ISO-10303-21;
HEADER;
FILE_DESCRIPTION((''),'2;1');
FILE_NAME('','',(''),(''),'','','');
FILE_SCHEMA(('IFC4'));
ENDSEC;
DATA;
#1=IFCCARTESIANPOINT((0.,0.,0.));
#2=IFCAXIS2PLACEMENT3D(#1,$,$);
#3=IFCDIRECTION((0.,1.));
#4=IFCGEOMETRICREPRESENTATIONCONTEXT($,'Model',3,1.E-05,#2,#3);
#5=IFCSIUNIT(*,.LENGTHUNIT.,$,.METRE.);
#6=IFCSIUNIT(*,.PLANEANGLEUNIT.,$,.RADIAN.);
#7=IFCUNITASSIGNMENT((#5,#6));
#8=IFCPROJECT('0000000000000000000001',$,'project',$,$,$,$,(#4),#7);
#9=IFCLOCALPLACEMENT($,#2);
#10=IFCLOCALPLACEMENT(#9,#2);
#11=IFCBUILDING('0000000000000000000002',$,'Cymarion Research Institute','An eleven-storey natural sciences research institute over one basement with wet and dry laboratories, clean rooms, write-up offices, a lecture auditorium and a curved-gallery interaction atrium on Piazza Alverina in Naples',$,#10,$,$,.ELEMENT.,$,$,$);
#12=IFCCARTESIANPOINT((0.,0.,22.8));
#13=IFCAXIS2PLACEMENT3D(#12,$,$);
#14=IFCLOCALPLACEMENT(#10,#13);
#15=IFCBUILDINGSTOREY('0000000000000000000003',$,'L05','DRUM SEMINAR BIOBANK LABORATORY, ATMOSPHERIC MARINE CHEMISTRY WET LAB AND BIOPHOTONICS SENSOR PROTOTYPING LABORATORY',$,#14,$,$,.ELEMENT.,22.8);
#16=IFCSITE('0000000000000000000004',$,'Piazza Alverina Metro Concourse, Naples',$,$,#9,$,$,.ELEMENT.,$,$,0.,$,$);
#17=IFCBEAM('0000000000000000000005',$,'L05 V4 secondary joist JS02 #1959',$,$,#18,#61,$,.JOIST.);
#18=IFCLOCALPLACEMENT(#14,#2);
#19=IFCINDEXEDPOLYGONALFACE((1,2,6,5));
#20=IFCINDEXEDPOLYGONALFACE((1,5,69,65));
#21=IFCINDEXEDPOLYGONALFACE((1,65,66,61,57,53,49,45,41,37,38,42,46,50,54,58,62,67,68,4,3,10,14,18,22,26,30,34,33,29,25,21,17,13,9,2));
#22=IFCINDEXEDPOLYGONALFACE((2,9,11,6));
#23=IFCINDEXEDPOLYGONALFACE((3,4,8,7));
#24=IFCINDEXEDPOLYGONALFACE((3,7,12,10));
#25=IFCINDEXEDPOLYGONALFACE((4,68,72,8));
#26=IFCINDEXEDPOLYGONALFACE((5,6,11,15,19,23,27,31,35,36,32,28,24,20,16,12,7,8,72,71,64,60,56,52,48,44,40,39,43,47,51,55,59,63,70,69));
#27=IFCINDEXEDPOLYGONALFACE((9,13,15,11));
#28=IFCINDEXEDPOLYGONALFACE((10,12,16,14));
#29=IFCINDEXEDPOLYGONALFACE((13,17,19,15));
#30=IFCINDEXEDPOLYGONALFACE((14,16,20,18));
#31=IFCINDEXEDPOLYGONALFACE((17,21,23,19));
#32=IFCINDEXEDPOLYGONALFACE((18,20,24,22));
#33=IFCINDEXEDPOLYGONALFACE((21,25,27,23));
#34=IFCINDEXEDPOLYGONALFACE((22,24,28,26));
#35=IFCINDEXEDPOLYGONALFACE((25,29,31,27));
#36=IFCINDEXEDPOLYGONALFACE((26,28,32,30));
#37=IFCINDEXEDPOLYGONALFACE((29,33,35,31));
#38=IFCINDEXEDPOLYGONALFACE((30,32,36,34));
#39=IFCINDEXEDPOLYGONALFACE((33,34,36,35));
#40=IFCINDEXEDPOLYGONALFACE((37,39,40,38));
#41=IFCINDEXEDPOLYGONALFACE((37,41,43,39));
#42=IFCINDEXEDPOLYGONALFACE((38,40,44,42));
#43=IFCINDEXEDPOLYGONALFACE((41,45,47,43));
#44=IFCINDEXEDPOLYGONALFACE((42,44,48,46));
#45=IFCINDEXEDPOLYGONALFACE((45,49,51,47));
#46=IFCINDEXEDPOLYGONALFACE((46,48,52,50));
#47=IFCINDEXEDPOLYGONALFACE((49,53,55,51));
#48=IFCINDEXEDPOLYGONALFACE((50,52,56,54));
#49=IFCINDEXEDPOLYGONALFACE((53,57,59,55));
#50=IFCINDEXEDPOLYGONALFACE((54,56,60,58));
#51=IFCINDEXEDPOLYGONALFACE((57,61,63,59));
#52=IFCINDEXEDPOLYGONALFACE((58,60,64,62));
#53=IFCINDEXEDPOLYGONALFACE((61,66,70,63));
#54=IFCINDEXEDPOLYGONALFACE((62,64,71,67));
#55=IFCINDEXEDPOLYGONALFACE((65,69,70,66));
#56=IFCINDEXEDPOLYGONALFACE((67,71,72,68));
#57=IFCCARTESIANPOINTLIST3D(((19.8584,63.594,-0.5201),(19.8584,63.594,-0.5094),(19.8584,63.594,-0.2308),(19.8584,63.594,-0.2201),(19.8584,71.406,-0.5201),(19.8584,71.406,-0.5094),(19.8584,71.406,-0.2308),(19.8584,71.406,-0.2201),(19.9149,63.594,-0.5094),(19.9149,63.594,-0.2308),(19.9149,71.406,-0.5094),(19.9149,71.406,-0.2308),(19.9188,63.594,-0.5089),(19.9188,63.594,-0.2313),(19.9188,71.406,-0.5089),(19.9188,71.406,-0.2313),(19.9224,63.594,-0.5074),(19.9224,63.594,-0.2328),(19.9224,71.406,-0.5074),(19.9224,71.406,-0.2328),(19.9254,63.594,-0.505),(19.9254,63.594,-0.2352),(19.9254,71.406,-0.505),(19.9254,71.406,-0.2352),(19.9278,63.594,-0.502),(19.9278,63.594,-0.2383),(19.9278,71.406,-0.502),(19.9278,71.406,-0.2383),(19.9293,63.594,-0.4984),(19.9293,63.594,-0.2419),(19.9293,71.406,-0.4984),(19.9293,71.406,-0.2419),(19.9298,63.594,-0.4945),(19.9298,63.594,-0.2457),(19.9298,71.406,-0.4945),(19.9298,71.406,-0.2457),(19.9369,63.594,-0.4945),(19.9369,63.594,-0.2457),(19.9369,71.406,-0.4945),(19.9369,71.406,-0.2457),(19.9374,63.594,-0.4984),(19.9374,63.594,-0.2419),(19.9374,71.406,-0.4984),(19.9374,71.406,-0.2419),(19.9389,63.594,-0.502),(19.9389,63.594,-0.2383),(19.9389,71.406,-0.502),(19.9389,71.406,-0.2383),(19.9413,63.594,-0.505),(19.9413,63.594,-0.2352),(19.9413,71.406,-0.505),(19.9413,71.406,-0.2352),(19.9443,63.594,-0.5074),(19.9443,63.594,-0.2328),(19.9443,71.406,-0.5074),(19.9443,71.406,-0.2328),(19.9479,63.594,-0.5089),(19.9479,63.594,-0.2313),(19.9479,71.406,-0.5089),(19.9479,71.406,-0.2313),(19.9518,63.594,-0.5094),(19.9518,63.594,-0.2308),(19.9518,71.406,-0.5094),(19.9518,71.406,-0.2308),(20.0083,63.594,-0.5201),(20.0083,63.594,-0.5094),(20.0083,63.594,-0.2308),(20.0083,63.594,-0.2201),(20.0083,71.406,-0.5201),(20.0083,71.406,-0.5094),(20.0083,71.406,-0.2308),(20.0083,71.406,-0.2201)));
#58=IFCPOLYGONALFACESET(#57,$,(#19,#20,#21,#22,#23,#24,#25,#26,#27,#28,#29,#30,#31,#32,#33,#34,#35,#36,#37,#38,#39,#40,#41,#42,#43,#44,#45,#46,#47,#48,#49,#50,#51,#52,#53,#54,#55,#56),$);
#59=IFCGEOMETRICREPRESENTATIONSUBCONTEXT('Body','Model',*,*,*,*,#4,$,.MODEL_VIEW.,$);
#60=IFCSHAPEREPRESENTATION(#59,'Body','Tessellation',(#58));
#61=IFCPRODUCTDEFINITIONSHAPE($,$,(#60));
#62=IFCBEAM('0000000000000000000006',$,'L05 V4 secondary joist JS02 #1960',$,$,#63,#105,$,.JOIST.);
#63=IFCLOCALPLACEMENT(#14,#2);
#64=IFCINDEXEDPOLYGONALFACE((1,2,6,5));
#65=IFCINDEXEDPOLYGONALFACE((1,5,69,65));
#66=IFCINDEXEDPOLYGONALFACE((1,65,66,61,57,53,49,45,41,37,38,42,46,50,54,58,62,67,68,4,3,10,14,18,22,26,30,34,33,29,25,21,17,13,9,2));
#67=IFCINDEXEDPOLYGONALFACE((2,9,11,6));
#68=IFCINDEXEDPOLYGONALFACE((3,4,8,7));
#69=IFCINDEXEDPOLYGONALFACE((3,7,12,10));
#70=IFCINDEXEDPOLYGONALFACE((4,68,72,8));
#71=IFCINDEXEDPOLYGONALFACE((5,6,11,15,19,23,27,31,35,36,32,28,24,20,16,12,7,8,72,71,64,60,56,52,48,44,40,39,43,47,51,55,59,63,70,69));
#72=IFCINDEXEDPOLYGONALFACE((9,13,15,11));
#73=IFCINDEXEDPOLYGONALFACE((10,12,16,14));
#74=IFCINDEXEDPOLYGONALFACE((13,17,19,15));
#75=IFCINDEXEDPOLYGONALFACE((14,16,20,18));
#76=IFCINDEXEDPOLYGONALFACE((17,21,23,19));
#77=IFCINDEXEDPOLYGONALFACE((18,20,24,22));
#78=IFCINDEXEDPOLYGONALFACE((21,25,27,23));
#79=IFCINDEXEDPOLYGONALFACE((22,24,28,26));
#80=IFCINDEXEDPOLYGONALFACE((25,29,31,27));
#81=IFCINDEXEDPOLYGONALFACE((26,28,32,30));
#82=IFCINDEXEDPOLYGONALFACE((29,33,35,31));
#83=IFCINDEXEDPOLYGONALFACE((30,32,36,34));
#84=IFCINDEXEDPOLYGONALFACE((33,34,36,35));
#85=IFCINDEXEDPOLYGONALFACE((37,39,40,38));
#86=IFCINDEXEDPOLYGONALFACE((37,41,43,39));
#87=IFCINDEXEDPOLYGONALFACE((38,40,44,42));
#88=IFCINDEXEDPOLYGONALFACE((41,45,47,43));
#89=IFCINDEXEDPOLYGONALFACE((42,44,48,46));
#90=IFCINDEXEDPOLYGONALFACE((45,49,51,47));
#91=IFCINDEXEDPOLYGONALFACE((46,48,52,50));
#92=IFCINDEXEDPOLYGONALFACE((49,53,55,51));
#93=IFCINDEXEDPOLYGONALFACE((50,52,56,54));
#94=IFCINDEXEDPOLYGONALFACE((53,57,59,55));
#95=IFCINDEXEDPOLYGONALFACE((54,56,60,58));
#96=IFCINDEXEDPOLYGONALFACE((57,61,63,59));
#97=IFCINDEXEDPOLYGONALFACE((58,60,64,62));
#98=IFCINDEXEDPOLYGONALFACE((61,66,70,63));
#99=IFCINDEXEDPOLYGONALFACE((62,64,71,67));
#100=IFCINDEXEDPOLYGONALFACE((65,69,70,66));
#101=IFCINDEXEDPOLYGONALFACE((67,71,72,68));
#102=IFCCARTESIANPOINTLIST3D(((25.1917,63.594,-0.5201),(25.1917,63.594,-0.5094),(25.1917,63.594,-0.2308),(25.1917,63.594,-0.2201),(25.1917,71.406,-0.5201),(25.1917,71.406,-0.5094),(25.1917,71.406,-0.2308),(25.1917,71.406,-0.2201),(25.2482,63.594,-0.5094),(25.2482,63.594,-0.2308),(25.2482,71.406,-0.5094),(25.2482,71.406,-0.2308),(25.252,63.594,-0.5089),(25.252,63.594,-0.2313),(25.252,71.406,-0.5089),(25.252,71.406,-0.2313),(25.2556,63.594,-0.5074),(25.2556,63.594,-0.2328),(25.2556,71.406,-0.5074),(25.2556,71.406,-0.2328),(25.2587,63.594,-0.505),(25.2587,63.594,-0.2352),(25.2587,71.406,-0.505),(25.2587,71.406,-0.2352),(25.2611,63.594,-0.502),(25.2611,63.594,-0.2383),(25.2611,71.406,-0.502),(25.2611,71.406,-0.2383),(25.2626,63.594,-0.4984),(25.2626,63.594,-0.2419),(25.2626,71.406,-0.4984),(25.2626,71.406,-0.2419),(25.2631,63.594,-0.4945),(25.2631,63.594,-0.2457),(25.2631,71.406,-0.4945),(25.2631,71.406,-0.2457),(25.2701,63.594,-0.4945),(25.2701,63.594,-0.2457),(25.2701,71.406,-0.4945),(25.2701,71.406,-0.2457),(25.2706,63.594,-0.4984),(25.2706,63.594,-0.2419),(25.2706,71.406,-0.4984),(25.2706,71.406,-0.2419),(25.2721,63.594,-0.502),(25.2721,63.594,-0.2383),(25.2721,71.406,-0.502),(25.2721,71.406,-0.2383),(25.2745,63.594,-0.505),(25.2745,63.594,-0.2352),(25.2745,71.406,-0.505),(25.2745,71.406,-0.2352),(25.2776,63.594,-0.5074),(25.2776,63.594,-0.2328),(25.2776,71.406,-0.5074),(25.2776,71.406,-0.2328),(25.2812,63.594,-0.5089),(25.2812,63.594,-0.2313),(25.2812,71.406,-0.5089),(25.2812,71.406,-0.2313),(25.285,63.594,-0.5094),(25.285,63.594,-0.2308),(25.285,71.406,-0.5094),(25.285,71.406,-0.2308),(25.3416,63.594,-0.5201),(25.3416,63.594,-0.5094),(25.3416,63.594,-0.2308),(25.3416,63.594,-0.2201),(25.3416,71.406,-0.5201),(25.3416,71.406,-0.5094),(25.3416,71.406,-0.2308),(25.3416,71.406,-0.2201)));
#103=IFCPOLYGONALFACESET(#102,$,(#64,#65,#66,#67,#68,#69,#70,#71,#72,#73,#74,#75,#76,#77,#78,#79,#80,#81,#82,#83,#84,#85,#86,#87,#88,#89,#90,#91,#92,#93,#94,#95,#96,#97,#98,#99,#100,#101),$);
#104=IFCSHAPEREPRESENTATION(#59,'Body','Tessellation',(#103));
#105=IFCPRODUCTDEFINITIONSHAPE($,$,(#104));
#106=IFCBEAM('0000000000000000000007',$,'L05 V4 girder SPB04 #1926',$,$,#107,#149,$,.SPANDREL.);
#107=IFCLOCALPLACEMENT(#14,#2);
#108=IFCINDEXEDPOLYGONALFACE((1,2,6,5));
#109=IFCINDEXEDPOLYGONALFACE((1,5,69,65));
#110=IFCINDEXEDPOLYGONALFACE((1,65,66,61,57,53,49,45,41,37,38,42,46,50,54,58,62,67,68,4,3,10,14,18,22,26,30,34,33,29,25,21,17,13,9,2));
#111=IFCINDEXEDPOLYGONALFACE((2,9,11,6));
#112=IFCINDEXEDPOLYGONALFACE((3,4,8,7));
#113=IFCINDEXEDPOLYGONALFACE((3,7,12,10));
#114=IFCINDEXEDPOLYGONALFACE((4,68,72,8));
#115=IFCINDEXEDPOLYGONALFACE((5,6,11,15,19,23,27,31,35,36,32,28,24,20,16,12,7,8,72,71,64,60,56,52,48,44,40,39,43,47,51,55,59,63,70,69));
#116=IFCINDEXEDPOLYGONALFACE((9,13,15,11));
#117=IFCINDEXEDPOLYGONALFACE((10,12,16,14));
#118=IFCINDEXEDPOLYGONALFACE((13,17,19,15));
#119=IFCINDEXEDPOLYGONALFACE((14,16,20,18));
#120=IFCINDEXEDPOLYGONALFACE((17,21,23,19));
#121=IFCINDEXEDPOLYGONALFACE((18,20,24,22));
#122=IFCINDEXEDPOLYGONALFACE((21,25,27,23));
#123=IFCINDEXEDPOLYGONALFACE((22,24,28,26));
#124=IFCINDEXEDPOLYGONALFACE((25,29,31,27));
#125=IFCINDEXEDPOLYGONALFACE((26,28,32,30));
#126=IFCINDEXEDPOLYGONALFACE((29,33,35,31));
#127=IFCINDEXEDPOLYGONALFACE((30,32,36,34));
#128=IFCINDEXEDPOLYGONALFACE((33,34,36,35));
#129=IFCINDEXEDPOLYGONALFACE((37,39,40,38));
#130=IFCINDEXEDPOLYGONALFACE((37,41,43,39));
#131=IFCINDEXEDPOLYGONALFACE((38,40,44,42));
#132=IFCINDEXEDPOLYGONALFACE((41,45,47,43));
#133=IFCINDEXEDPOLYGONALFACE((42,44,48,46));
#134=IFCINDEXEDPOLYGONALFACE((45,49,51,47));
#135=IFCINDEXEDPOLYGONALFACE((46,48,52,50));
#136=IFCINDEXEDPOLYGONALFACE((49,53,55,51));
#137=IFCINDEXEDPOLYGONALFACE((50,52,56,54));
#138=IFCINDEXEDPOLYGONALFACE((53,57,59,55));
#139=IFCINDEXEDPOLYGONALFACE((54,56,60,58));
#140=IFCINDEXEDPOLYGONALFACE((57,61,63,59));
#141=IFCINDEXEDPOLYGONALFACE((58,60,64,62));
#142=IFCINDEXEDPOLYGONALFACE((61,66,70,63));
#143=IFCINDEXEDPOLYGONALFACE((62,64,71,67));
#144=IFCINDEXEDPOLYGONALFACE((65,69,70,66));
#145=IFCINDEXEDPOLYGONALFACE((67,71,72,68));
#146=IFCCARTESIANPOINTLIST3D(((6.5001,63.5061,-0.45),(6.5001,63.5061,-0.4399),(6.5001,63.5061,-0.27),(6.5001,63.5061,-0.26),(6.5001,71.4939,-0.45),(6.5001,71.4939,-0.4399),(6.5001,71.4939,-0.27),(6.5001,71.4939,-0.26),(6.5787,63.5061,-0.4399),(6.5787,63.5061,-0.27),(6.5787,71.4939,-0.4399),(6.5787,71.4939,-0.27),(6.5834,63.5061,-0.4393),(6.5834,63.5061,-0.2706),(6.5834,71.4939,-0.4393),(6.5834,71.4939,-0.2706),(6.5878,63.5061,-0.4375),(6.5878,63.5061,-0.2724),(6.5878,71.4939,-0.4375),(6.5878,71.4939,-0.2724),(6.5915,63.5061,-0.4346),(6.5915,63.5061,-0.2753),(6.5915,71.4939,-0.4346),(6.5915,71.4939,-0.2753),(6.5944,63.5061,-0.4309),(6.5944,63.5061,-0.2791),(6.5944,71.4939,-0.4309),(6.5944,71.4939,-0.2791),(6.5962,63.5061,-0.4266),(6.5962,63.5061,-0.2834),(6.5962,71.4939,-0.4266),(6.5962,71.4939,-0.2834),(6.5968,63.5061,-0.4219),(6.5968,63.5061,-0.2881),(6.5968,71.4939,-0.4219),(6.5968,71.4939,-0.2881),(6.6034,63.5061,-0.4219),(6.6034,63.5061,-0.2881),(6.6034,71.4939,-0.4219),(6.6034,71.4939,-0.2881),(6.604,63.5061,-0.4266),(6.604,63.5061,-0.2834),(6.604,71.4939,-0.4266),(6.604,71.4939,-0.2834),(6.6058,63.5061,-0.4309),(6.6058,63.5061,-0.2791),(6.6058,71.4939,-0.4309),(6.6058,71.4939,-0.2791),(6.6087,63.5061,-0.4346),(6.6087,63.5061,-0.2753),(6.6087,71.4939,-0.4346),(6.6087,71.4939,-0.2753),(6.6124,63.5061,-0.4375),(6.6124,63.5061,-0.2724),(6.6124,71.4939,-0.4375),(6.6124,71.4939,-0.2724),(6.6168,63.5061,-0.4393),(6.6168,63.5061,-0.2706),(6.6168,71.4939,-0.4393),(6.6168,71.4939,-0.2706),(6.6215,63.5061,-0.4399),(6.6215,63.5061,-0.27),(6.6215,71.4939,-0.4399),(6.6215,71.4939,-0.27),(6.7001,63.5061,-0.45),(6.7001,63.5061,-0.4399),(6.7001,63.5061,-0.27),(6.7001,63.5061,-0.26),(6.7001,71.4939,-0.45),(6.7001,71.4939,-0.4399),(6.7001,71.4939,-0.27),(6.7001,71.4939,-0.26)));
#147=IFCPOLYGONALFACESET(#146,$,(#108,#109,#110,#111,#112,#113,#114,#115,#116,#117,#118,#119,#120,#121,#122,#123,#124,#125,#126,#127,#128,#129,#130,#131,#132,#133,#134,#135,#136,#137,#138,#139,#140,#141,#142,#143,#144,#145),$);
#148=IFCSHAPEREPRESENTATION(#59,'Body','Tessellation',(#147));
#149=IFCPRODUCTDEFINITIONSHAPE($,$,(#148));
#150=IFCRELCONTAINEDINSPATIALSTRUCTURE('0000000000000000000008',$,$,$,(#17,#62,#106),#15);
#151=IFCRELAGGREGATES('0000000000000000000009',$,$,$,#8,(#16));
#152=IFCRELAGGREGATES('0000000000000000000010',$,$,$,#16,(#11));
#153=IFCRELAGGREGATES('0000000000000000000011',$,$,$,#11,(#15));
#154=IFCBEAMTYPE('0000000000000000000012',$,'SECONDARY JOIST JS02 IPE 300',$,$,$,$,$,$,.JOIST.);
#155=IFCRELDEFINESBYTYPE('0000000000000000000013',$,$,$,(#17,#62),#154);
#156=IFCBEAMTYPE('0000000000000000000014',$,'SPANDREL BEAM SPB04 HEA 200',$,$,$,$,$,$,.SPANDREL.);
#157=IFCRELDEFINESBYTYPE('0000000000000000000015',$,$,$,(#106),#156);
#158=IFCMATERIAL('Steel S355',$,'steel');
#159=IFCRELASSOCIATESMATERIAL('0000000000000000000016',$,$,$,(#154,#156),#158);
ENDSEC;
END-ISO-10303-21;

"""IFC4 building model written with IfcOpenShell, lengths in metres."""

from ifc_helpers import new_model, si_unit, direction, frame, origin, origin_2d, place, context, subcontext, project, spatial, i_section, extrude, material, material_profile, profile_set, type_object, element, save


model = new_model("IFC4")

# Units and contexts
model_context = context("Model", 3, precision=1e-05, world=origin(), true_north=direction((0.0, 1.0)))
body_context = subcontext(model_context, "Body", "Model", "MODEL_VIEW")
ifc_project = project(units=[si_unit("LENGTHUNIT", "METRE"), si_unit("PLANEANGLEUNIT", "RADIAN")], contexts=[model_context])

# Site, building, storey
site_placement = place(None, origin())
site = spatial("IfcSite", under=ifc_project, at=site_placement, Name="Piazza Alverina Metro Concourse, Naples", CompositionType="ELEMENT", RefElevation=0.0)
building_placement = place(site_placement, origin())
building = spatial("IfcBuilding", under=site, at=building_placement, Name="Cymarion Research Institute", Description="An eleven-storey natural sciences research institute over one basement with wet and dry laboratories, clean rooms, write-up offices, a lecture auditorium and a curved-gallery interaction atrium on Piazza Alverina in Naples", CompositionType="ELEMENT")
storey_placement = place(building_placement, frame((0.0, 0.0, 22.8)))
storey = spatial("IfcBuildingStorey", under=building, at=storey_placement, Name="L05", Description="DRUM SEMINAR BIOBANK LABORATORY, ATMOSPHERIC MARINE CHEMISTRY WET LAB AND BIOPHOTONICS SENSOR PROTOTYPING LABORATORY", CompositionType="ELEMENT", Elevation=22.8)

# Beams
ifc_material_1 = material(Name="Steel S355", Category="steel")
ifc_material_profile_1 = material_profile(ifc_material_1, i_section(OverallWidth=0.1499, OverallDepth=0.3, WebThickness=0.0071, FlangeThickness=0.0107, FilletRadius=0.0149, at=origin_2d()), Name="IPE 300")
ifc_profile_set_1 = profile_set([ifc_material_profile_1], Name="Steel S355")
beam_type_1 = type_object("IfcBeamType", Name="SECONDARY JOIST JS02 IPE 300", PredefinedType="JOIST", material=ifc_profile_set_1)
for number, where, z_axis, x_axis, name in (
    (1, (19.9333, 63.594, -0.3701), (0.0, 1.0, 0.0), (-1.0, 0.0, 0.0), "L05 V4 secondary joist JS02 #1959"),
    (2, (25.2666, 63.594, -0.3701), (0.0, 1.0, 0.0), (-1.0, 0.0, 0.0), "L05 V4 secondary joist JS02 #1960"),
):
    element("IfcBeam", number, at=place(storey_placement, frame(where, z_axis=z_axis, x_axis=x_axis)), inside=storey, type_object=beam_type_1, Name=name, PredefinedType="JOIST", context=body_context, shape_type="SweptSolid", body=[
        extrude(i_section(OverallWidth=0.1499, OverallDepth=0.3, WebThickness=0.0071, FlangeThickness=0.0107, FilletRadius=0.0149, at=origin_2d()), origin(), (0.0, 0.0, 1.0), 7.812),
    ])
ifc_material_profile_2 = material_profile(ifc_material_1, i_section(OverallWidth=0.2, OverallDepth=0.1899, WebThickness=0.0066, FlangeThickness=0.01, FilletRadius=0.0181, at=origin_2d()), Name="HEA 200")
ifc_profile_set_2 = profile_set([ifc_material_profile_2], Name="Steel S355")
beam_type_2 = type_object("IfcBeamType", Name="SPANDREL BEAM SPB04 HEA 200", PredefinedType="SPANDREL", material=ifc_profile_set_2)
beam_placement = place(storey_placement, frame((6.6001, 63.5061, -0.355), z_axis=(0.0, 1.0, 0.0), x_axis=(-1.0, 0.0, 0.0)))
element("IfcBeam", 3, at=beam_placement, inside=storey, type_object=beam_type_2, Name="L05 V4 girder SPB04 #1926", PredefinedType="SPANDREL", context=body_context, shape_type="SweptSolid", body=[
    extrude(i_section(OverallWidth=0.2, OverallDepth=0.1899, WebThickness=0.0066, FlangeThickness=0.01, FilletRadius=0.0181, at=origin_2d()), origin(), (0.0, 0.0, 1.0), 7.9878),
])

save(model, "model.ifc")
